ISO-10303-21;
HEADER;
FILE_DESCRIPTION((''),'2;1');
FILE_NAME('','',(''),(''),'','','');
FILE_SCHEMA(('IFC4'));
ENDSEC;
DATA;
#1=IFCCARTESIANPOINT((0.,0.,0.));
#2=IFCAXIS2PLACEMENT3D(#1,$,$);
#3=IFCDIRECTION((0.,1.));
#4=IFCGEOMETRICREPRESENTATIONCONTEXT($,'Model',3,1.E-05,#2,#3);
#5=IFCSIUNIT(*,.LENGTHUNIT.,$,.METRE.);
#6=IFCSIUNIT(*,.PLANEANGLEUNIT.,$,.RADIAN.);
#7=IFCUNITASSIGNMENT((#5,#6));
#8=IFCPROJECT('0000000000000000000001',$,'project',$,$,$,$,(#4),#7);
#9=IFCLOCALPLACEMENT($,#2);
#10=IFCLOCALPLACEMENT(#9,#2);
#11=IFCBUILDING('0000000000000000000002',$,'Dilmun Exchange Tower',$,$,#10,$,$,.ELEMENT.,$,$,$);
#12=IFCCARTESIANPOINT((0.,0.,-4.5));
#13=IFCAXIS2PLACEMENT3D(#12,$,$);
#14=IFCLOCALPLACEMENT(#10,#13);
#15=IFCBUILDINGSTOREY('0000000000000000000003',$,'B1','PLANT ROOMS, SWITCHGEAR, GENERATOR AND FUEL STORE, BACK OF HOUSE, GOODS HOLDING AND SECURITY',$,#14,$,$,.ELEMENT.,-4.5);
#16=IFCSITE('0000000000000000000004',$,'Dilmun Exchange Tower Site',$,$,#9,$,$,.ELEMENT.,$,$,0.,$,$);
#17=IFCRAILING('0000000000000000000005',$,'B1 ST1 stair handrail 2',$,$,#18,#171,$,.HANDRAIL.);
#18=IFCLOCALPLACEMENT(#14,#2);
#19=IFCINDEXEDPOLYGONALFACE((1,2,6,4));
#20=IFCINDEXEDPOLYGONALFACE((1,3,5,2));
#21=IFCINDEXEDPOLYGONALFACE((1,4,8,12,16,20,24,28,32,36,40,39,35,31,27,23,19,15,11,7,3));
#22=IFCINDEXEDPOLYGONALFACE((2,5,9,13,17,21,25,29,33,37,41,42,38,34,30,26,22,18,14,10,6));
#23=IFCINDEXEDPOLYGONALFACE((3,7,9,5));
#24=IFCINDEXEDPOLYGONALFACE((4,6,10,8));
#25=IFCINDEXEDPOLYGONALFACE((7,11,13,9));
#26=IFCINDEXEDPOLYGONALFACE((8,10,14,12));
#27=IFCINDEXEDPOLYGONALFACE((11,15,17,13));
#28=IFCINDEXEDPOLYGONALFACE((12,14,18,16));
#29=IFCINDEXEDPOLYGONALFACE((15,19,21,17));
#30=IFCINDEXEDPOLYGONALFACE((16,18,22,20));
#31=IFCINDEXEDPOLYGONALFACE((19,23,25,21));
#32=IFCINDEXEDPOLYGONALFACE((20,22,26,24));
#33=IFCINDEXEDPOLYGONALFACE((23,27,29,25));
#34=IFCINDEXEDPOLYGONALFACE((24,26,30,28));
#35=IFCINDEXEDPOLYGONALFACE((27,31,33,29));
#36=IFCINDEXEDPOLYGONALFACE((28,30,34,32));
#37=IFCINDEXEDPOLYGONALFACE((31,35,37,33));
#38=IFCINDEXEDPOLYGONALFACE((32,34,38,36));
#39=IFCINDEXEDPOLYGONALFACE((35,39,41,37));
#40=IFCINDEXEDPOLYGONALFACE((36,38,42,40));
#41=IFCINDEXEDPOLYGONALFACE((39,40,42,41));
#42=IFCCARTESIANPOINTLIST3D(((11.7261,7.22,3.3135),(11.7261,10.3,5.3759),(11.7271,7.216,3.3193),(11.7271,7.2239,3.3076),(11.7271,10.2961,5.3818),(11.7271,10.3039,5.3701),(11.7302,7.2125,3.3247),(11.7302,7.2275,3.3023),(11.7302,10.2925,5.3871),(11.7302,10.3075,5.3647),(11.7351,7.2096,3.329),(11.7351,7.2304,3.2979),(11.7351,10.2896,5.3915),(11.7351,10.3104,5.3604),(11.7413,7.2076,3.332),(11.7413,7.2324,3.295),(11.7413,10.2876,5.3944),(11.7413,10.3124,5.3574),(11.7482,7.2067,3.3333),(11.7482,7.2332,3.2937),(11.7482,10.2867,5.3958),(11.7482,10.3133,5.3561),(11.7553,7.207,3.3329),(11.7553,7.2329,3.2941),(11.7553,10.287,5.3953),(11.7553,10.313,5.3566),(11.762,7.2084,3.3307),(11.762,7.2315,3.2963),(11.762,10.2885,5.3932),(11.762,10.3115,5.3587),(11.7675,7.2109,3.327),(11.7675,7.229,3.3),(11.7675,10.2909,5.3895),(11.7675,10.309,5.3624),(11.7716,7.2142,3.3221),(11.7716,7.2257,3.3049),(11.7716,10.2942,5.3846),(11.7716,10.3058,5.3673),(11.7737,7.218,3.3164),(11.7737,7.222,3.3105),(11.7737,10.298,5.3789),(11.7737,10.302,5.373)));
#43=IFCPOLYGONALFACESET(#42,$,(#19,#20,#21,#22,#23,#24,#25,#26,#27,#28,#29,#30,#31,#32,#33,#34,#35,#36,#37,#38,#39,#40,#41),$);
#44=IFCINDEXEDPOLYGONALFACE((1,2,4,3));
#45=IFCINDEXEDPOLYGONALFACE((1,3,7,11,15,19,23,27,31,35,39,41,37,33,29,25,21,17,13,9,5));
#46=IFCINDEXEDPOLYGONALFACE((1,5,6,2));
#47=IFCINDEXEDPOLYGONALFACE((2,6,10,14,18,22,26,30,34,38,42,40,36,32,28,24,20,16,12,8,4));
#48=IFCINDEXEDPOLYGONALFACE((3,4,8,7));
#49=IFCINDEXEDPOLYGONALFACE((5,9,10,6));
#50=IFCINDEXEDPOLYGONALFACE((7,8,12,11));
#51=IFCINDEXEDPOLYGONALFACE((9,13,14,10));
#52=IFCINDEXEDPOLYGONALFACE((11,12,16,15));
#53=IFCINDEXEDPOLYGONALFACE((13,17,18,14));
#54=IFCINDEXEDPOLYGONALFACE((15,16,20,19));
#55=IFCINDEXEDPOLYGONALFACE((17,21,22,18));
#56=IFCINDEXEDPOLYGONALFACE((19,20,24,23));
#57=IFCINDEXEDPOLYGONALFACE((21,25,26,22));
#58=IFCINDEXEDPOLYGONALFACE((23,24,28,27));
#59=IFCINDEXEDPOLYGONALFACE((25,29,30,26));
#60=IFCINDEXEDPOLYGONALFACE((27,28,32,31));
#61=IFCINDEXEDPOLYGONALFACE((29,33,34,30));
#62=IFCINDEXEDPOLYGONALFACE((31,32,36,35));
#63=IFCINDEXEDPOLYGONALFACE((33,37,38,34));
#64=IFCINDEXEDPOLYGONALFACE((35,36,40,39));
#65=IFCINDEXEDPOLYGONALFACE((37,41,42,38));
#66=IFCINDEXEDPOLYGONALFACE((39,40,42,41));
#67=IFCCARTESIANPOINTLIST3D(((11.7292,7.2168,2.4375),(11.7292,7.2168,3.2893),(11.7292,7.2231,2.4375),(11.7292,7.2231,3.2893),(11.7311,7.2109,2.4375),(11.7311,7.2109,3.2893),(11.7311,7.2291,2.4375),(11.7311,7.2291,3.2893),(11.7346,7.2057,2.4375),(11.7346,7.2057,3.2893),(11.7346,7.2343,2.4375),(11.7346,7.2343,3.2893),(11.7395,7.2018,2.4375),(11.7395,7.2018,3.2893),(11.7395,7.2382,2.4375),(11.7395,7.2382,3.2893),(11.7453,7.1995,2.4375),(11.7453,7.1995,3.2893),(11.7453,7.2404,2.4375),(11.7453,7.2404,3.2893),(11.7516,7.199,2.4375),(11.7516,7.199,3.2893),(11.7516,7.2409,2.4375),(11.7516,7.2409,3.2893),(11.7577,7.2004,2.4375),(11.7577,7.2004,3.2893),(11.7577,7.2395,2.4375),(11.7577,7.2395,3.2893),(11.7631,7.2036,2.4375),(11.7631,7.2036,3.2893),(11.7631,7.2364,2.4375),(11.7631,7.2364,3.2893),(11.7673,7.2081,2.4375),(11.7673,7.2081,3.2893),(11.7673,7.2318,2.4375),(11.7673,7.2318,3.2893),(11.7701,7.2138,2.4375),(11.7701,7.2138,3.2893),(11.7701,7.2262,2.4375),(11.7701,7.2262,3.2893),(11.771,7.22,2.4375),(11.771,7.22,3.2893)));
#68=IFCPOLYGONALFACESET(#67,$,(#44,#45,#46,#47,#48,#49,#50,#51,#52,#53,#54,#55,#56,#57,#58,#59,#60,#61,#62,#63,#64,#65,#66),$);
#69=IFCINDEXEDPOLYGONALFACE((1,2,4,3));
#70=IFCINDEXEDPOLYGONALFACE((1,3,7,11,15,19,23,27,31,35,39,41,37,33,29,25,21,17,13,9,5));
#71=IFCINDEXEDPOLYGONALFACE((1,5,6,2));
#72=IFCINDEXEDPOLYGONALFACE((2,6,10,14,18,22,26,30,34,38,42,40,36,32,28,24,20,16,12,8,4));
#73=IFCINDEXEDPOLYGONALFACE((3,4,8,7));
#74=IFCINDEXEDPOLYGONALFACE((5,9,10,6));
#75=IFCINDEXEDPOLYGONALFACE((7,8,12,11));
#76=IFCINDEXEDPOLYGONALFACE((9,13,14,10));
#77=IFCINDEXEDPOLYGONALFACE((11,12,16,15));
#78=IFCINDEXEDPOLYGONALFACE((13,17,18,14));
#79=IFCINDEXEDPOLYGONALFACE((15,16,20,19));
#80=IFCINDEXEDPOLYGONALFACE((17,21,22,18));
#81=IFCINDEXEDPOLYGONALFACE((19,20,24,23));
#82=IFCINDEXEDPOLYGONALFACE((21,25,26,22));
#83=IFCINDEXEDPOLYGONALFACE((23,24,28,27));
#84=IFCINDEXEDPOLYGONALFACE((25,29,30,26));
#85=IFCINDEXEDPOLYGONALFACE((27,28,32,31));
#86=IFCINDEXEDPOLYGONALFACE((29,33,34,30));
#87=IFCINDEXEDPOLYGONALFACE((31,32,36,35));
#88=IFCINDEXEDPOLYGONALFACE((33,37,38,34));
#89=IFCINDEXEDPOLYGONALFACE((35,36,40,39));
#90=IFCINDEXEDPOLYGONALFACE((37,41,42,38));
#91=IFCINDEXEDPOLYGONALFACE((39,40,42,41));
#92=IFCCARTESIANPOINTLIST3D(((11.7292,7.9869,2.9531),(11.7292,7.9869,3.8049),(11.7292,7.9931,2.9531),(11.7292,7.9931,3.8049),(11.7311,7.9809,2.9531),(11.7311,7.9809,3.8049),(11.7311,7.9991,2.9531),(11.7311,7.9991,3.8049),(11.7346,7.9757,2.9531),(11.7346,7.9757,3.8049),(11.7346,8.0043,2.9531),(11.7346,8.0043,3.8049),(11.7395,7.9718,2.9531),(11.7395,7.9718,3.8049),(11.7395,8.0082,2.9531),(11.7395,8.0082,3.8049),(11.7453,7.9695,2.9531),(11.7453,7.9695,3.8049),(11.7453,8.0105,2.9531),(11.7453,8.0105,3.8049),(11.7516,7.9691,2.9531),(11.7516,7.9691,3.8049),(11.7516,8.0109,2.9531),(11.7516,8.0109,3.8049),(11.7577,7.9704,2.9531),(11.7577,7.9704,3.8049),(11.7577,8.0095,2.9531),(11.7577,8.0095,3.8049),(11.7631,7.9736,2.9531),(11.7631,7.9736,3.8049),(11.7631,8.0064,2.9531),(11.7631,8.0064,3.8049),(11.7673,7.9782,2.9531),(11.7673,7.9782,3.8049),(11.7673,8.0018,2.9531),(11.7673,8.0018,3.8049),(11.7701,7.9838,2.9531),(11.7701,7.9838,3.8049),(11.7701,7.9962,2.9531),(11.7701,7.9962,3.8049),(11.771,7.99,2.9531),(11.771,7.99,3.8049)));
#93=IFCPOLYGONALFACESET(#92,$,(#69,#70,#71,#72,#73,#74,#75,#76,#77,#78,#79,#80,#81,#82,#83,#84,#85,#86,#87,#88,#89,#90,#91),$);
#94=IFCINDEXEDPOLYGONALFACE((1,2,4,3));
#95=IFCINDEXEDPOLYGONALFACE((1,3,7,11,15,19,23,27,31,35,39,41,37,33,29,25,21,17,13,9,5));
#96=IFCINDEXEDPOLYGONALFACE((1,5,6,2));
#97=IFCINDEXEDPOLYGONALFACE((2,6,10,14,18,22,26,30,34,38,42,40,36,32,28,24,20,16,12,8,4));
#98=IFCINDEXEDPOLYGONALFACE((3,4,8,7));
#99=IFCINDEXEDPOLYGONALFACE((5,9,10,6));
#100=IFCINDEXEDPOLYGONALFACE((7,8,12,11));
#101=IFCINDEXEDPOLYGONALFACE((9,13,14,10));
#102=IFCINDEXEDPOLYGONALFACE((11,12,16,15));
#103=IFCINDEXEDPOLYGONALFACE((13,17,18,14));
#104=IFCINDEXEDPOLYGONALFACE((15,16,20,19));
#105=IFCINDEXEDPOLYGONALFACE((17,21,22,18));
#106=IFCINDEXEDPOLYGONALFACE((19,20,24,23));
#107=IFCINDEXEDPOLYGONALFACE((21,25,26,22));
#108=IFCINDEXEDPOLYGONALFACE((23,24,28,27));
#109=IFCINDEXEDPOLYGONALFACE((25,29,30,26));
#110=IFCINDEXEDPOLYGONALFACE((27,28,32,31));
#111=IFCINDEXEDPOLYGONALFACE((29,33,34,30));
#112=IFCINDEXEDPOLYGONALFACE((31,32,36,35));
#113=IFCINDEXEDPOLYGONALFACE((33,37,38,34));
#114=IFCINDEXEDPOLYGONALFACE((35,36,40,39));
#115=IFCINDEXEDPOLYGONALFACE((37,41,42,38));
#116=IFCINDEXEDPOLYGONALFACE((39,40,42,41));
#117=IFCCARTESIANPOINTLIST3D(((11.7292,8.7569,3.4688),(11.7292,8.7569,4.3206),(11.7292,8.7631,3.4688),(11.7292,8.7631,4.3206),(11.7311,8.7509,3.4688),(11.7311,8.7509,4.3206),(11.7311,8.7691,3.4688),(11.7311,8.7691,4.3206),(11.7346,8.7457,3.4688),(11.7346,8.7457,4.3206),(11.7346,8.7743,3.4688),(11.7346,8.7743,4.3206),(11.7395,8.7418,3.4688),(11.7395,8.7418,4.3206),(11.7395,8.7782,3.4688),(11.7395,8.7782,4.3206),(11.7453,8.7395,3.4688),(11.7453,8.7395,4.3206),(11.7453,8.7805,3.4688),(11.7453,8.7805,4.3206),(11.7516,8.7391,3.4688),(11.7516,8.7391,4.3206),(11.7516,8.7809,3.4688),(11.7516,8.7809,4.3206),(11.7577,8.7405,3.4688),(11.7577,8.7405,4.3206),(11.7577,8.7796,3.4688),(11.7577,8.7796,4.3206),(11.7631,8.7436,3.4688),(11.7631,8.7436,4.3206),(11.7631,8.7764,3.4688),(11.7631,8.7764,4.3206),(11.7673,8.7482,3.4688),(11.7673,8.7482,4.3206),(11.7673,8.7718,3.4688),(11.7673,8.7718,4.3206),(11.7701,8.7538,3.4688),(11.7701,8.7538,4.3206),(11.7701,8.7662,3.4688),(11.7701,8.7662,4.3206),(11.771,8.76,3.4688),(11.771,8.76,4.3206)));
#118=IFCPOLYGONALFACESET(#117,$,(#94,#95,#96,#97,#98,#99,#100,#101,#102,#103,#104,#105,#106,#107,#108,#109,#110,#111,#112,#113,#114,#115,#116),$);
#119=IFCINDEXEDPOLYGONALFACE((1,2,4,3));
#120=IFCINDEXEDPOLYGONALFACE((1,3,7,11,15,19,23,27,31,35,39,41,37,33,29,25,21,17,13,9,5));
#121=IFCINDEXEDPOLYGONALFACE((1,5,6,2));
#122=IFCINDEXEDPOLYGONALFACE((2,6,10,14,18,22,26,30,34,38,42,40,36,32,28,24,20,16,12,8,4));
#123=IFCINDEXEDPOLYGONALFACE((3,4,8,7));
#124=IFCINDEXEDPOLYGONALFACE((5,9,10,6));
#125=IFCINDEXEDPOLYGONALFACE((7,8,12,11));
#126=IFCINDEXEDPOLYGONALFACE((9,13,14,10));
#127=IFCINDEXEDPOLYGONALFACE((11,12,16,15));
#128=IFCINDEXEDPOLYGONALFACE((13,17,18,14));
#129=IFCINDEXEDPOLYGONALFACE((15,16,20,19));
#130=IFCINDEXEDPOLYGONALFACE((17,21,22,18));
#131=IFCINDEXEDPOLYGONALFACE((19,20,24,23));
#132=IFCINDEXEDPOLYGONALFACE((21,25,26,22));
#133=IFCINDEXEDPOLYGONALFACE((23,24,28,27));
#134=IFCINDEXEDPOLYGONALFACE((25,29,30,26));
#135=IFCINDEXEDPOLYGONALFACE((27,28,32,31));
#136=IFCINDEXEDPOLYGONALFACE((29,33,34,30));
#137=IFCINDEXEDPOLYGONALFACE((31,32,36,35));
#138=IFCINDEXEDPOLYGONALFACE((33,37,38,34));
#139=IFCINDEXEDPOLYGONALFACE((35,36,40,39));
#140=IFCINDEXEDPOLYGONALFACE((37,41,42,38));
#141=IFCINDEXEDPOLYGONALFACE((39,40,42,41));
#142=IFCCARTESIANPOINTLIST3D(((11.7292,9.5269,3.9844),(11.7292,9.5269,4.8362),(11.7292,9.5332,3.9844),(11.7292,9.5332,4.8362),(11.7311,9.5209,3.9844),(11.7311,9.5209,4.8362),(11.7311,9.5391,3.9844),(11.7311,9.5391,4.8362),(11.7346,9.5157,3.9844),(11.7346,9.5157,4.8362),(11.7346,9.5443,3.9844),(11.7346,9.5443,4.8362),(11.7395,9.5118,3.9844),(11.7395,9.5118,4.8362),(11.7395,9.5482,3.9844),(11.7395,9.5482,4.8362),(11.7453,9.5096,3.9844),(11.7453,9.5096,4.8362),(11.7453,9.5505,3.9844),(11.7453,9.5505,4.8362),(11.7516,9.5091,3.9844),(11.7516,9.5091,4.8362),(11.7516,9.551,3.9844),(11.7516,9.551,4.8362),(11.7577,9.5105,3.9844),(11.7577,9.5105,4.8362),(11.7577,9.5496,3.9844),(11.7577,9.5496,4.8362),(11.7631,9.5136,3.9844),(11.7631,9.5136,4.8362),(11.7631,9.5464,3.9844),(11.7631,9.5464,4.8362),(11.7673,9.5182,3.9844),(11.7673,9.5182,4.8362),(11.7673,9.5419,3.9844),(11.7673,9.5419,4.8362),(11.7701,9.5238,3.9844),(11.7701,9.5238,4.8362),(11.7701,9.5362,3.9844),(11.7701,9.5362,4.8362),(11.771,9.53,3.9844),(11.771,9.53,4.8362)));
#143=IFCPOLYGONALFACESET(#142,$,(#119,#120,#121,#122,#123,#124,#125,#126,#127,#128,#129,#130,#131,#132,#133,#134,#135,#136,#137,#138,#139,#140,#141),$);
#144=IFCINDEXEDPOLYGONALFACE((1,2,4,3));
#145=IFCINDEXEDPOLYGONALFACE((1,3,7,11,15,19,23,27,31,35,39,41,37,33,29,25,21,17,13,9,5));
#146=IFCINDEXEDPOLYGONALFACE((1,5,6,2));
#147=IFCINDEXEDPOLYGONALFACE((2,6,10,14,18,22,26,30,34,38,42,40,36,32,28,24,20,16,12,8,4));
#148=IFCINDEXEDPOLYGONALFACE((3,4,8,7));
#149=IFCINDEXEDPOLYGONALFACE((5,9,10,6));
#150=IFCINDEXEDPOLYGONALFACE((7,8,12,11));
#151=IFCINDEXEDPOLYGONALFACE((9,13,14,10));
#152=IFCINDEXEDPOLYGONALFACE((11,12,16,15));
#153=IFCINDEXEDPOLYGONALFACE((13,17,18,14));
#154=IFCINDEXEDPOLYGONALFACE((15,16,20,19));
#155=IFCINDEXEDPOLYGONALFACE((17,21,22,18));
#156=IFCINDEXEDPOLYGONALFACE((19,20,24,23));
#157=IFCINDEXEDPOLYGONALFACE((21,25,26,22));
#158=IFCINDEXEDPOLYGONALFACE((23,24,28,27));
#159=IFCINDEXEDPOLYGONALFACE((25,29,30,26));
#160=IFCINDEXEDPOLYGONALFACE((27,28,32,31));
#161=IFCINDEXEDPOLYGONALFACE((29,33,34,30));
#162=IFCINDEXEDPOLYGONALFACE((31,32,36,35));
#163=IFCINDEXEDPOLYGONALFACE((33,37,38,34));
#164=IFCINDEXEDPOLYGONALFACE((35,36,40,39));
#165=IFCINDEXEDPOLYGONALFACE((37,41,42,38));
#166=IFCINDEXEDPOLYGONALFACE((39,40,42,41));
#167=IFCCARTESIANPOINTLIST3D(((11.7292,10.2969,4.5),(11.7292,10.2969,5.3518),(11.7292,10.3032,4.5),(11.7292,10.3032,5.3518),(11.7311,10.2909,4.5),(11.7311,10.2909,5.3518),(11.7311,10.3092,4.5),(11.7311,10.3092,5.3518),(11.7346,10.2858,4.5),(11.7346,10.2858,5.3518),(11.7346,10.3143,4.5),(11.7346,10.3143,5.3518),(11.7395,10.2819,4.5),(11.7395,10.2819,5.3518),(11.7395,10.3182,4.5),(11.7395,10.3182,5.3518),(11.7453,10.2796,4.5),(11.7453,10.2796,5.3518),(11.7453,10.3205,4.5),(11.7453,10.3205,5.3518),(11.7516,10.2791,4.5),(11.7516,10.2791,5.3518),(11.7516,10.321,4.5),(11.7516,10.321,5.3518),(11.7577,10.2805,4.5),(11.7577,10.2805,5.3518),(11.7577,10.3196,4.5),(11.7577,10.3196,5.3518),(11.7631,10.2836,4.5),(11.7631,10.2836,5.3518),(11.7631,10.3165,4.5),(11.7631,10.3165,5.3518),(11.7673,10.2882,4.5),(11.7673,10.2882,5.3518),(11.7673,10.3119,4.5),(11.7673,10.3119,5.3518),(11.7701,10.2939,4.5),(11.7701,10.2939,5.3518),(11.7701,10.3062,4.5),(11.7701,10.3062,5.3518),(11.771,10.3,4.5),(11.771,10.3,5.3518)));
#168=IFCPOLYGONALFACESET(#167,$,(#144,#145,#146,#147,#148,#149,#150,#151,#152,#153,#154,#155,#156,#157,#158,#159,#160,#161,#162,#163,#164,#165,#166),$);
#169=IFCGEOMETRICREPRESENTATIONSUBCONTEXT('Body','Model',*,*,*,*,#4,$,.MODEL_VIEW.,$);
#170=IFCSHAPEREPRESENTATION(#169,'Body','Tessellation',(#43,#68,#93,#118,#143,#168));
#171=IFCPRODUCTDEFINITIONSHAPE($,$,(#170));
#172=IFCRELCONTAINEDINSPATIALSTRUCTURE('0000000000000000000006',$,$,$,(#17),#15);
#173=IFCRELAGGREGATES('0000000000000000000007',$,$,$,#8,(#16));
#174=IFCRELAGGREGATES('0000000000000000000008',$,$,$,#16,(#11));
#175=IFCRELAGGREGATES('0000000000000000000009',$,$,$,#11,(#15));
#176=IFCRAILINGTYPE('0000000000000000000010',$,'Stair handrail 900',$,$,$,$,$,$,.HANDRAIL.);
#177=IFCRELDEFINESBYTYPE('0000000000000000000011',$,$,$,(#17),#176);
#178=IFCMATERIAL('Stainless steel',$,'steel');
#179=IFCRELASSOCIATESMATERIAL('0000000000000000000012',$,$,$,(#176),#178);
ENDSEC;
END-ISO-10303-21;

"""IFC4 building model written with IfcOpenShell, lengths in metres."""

from ifc_helpers import new_model, si_unit, direction, frame, origin, origin_2d, place, context, subcontext, project, spatial, circle, extrude, material, type_object, element, save


model = new_model("IFC4")

# Units and contexts
model_context = context("Model", 3, precision=1e-05, world=origin(), true_north=direction((0.0, 1.0)))
body_context = subcontext(model_context, "Body", "Model", "MODEL_VIEW")
ifc_project = project(units=[si_unit("LENGTHUNIT", "METRE"), si_unit("PLANEANGLEUNIT", "RADIAN")], contexts=[model_context])

# Site, building, storey
site_placement = place(None, origin())
site = spatial("IfcSite", under=ifc_project, at=site_placement, Name="Dilmun Exchange Tower Site", CompositionType="ELEMENT", RefElevation=0.0)
building_placement = place(site_placement, origin())
building = spatial("IfcBuilding", under=site, at=building_placement, Name="Dilmun Exchange Tower", CompositionType="ELEMENT")
storey_placement = place(building_placement, frame((0.0, 0.0, -4.5)))
storey = spatial("IfcBuildingStorey", under=building, at=storey_placement, Name="B1", Description="PLANT ROOMS, SWITCHGEAR, GENERATOR AND FUEL STORE, BACK OF HOUSE, GOODS HOLDING AND SECURITY", CompositionType="ELEMENT", Elevation=-4.5)

# Railing
ifc_material_1 = material(Name="Stainless steel", Category="steel")
railing_type = type_object("IfcRailingType", Name="Stair handrail 900", PredefinedType="HANDRAIL", material=ifc_material_1)
railing_1_placement = place(storey_placement, frame((11.75, 7.22, 2.4375)))
element("IfcRailing", 1, at=railing_1_placement, inside=storey, type_object=railing_type, Name="B1 ST1 stair handrail 2", PredefinedType="HANDRAIL", context=body_context, shape_type="SweptSolid", body=[
    extrude(circle(Radius=0.0239, at=origin_2d()), frame((0.0, 0.0, 0.876), z_axis=(0.0, 0.830914, 0.556401), x_axis=(-1.0, 0.0, 0.0)), (0.0, 0.0, 1.0), 3.7068),
    extrude(circle(Radius=0.021, at=origin_2d()), origin(), (0.0, 0.0, 1.0), 0.8518),
    extrude(circle(Radius=0.021, at=origin_2d()), frame((0.0, 0.77, 0.5156)), (0.0, 0.0, 1.0), 0.8518),
    extrude(circle(Radius=0.021, at=origin_2d()), frame((0.0, 1.54, 1.0312)), (0.0, 0.0, 1.0), 0.8518),
    extrude(circle(Radius=0.021, at=origin_2d()), frame((0.0, 2.3101, 1.5469)), (0.0, 0.0, 1.0), 0.8518),
    extrude(circle(Radius=0.021, at=origin_2d()), frame((0.0, 3.0801, 2.0625)), (0.0, 0.0, 1.0), 0.8518),
])

save(model, "model.ifc")
